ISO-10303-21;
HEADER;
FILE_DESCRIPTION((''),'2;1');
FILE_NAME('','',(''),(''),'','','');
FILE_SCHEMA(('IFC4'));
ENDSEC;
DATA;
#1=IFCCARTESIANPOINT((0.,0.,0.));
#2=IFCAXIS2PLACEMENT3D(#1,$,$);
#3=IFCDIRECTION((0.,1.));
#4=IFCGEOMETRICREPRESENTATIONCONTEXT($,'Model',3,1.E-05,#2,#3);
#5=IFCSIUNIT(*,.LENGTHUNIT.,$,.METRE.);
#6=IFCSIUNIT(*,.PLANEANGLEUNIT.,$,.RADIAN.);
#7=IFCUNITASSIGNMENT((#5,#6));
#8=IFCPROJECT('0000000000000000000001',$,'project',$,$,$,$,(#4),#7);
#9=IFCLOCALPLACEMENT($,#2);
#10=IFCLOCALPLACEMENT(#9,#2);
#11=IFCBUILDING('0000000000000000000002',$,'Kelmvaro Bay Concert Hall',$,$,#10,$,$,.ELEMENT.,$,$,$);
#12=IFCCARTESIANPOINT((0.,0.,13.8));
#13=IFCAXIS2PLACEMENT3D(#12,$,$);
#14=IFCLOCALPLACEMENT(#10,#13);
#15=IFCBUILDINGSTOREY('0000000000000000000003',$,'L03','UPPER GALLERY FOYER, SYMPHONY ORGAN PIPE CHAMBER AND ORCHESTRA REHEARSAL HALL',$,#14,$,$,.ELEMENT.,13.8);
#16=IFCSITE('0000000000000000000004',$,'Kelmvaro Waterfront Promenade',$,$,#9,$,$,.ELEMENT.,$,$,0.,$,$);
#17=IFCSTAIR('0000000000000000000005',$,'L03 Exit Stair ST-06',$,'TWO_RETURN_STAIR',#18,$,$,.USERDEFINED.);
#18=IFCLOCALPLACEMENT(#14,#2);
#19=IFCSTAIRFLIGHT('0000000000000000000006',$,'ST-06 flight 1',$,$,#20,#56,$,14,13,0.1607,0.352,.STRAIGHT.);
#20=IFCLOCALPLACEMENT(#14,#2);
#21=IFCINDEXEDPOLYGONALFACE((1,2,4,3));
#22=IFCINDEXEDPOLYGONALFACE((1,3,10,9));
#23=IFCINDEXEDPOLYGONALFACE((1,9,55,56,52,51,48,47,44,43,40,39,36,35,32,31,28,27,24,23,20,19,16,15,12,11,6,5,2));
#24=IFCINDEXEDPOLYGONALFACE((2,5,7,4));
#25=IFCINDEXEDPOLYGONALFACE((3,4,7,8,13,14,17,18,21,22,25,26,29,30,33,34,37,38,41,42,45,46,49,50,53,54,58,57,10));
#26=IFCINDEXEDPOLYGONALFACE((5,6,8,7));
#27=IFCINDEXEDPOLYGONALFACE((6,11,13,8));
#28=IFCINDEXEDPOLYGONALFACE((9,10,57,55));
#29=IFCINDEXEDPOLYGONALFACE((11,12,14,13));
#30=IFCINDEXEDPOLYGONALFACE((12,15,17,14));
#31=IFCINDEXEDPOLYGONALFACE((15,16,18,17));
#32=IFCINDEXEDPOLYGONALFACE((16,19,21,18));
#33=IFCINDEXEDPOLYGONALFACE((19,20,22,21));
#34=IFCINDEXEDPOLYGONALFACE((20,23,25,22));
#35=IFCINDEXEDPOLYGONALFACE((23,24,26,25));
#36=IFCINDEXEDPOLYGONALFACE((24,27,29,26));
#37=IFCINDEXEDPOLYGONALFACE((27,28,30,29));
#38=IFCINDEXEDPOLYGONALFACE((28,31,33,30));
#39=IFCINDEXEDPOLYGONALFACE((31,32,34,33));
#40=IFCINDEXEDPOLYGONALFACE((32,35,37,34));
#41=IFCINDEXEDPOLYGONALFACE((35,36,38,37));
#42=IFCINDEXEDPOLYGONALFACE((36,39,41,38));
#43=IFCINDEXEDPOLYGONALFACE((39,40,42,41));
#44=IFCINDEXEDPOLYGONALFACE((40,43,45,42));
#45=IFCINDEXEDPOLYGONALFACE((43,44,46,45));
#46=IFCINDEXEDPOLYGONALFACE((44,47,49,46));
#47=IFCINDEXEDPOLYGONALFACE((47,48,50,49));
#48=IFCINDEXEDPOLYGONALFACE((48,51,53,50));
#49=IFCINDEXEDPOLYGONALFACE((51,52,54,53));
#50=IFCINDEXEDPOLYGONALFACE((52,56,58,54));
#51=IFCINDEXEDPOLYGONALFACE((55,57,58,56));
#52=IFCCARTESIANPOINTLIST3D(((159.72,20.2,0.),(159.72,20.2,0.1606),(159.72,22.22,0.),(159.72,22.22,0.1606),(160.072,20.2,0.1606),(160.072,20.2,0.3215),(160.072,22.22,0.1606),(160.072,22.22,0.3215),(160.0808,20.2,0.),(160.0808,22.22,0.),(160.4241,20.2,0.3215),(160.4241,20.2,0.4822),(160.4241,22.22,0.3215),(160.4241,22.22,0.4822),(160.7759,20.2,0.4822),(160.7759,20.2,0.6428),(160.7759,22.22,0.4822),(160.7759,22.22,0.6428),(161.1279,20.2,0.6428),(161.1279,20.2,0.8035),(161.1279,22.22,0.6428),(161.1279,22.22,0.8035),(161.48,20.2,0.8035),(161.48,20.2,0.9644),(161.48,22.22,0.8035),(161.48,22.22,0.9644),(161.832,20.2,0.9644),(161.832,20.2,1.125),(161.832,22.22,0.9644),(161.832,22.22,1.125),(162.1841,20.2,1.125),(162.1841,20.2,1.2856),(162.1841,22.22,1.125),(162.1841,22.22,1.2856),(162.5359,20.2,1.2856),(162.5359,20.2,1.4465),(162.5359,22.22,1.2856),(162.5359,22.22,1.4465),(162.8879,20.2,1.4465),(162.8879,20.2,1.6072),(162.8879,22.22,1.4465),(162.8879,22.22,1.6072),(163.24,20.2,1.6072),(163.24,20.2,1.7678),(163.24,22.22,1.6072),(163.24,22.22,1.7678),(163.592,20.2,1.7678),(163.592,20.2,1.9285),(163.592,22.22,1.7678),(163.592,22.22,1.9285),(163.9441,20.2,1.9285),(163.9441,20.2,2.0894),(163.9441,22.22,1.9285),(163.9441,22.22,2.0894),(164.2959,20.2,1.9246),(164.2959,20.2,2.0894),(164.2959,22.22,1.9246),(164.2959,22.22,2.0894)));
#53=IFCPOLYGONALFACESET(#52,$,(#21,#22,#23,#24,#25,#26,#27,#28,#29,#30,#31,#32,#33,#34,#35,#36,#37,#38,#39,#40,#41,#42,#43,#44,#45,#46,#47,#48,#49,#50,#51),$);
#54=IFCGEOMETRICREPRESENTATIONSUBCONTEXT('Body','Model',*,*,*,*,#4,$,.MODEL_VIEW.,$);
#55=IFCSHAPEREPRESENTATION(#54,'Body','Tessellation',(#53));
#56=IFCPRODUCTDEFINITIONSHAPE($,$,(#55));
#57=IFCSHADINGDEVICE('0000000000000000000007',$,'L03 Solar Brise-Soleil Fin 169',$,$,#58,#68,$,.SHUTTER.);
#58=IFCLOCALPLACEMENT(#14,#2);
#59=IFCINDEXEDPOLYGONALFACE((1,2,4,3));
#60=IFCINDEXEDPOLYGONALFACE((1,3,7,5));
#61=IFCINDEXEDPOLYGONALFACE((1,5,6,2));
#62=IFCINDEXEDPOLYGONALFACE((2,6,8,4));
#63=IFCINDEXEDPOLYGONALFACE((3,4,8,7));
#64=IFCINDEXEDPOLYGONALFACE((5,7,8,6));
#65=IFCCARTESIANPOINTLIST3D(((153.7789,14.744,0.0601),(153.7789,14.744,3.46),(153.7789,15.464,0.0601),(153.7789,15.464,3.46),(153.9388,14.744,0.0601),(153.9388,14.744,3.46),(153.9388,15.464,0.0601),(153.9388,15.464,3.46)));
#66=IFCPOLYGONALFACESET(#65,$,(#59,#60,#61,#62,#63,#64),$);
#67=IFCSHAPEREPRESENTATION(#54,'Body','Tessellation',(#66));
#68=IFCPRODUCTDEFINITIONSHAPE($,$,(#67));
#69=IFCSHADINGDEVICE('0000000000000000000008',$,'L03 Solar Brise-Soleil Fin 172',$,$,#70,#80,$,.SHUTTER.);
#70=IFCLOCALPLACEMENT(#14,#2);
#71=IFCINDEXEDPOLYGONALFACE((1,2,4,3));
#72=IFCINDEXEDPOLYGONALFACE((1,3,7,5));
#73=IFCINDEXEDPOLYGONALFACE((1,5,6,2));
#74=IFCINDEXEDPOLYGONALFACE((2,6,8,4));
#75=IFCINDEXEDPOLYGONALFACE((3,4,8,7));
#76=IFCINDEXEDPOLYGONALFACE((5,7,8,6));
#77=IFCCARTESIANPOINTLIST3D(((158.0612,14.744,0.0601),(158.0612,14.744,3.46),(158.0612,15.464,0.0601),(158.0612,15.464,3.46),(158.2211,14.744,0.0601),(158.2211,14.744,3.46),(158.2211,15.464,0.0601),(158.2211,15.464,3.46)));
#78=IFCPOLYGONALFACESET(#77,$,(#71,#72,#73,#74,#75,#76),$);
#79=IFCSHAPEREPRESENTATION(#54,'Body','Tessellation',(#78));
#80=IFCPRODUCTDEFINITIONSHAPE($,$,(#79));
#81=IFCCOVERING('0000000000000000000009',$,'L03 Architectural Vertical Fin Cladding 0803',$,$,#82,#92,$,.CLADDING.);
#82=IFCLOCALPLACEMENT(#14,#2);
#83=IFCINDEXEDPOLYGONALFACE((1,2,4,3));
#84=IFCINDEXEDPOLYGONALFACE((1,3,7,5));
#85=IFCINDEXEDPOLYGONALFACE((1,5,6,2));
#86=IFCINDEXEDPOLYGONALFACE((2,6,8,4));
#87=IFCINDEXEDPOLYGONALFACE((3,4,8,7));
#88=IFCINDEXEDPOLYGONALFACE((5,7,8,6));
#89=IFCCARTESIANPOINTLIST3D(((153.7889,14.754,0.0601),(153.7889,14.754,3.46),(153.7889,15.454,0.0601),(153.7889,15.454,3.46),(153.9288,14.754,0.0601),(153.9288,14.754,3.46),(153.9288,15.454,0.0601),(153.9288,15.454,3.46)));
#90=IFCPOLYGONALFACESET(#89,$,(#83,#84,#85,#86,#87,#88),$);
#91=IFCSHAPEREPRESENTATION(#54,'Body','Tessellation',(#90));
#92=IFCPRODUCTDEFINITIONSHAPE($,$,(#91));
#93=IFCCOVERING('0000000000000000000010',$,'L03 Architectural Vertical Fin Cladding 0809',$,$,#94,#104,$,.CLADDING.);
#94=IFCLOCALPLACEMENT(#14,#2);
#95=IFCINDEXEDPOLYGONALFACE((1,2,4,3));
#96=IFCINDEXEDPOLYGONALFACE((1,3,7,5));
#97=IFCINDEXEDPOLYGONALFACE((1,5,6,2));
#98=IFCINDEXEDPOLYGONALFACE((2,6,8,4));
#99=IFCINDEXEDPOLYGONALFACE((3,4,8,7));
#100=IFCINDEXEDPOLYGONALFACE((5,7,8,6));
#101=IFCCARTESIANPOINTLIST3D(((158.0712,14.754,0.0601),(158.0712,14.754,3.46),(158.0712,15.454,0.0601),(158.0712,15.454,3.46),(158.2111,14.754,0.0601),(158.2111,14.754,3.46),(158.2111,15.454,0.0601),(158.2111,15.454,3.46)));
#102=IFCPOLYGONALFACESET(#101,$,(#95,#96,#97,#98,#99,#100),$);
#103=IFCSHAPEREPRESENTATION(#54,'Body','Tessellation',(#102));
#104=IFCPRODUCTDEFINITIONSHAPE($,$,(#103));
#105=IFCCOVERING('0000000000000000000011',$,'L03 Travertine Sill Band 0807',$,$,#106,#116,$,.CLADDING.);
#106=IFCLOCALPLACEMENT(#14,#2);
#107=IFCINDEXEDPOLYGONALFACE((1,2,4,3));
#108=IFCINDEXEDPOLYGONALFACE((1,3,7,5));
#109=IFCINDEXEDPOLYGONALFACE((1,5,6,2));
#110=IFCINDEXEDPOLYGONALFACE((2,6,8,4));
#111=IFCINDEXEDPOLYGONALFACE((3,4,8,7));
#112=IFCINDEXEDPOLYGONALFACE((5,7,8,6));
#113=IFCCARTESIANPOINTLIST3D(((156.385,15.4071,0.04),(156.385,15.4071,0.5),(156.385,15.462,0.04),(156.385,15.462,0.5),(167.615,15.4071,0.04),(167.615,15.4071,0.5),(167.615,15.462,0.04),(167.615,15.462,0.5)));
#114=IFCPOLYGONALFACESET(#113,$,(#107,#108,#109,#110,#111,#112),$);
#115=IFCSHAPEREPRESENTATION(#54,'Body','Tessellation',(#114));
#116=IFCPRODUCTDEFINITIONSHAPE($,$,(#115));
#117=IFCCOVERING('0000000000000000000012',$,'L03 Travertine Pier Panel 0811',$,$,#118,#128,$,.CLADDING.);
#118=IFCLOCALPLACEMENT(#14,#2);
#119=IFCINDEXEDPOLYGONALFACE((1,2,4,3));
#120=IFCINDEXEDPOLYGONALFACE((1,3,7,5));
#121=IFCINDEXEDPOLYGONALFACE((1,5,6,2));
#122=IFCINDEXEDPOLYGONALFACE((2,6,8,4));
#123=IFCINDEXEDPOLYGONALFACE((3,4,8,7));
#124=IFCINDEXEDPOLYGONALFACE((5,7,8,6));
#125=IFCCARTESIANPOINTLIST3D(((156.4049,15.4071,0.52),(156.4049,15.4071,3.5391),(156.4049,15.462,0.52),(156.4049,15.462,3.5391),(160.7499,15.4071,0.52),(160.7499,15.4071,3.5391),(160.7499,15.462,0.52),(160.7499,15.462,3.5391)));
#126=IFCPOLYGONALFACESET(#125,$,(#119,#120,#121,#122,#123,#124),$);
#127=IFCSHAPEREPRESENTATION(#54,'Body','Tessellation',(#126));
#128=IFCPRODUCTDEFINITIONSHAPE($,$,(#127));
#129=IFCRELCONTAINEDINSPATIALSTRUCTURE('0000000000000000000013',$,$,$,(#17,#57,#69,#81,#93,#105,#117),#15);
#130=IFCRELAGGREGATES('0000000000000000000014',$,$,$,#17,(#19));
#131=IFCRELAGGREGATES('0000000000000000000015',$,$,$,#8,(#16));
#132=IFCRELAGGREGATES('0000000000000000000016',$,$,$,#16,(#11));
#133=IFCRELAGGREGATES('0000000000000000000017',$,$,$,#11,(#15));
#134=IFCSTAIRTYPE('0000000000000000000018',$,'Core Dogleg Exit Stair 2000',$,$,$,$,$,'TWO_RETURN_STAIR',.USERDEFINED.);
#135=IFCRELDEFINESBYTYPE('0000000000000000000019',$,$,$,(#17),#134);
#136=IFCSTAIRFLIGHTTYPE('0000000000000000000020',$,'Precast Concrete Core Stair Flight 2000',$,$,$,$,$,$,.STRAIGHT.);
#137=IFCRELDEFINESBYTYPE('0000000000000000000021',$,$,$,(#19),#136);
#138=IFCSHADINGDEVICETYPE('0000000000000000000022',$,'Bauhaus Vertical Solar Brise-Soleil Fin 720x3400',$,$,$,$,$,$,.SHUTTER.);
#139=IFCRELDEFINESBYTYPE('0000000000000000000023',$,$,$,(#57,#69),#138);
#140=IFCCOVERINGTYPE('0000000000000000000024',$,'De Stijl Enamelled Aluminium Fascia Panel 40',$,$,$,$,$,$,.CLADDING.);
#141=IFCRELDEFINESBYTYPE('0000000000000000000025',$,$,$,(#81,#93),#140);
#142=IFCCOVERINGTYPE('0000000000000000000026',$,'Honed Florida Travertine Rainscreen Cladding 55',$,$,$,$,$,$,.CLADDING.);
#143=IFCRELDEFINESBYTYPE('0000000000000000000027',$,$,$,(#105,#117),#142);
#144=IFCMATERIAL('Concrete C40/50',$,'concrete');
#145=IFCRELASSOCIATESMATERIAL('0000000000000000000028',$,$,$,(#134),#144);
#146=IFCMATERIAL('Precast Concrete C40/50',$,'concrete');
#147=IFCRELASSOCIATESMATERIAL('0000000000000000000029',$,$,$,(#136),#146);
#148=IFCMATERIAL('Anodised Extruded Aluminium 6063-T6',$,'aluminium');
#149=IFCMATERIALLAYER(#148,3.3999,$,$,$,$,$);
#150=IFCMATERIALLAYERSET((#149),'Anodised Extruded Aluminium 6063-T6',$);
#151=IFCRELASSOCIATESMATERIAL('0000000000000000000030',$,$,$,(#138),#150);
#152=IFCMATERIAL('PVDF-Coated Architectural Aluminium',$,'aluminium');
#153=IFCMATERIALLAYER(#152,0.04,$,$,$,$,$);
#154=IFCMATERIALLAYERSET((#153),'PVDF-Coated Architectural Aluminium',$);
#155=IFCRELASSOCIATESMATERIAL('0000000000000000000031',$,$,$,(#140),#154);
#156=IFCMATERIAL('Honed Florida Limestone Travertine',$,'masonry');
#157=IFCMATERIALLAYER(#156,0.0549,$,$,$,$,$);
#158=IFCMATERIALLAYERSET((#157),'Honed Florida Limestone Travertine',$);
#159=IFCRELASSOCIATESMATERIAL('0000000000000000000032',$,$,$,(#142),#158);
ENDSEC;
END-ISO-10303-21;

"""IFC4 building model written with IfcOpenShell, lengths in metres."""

from ifc_helpers import new_model, si_unit, direction, frame, origin, origin_2d, place, context, subcontext, project, spatial, polyline, rectangle, outline, extrude, material, layer, layer_set, type_object, element, aggregate, save


model = new_model("IFC4")

# Units and contexts
model_context = context("Model", 3, precision=1e-05, world=origin(), true_north=direction((0.0, 1.0)))
body_context = subcontext(model_context, "Body", "Model", "MODEL_VIEW")
ifc_project = project(units=[si_unit("LENGTHUNIT", "METRE"), si_unit("PLANEANGLEUNIT", "RADIAN")], contexts=[model_context])

# Site, building, storey
site_placement = place(None, origin())
site = spatial("IfcSite", under=ifc_project, at=site_placement, Name="Kelmvaro Waterfront Promenade", CompositionType="ELEMENT", RefElevation=0.0)
building_placement = place(site_placement, origin())
building = spatial("IfcBuilding", under=site, at=building_placement, Name="Kelmvaro Bay Concert Hall", CompositionType="ELEMENT")
storey_placement = place(building_placement, frame((0.0, 0.0, 13.8)))
storey = spatial("IfcBuildingStorey", under=building, at=storey_placement, Name="L03", Description="UPPER GALLERY FOYER, SYMPHONY ORGAN PIPE CHAMBER AND ORCHESTRA REHEARSAL HALL", CompositionType="ELEMENT", Elevation=13.8)

# Stair, stair flight
ifc_material_1 = material(Name="Concrete C40/50", Category="concrete")
stair_type = type_object("IfcStairType", Name="Core Dogleg Exit Stair 2000", ElementType="TWO_RETURN_STAIR", PredefinedType="USERDEFINED", material=ifc_material_1)
stair_placement = place(storey_placement, origin())
stair = element("IfcStair", 1, at=stair_placement, inside=storey, type_object=stair_type, Name="L03 Exit Stair ST-06", ObjectType="TWO_RETURN_STAIR", PredefinedType="USERDEFINED")
ifc_material_2 = material(Name="Precast Concrete C40/50", Category="concrete")
stair_flight_type = type_object("IfcStairFlightType", Name="Precast Concrete Core Stair Flight 2000", PredefinedType="STRAIGHT", material=ifc_material_2)
stair_flight_placement = place(storey_placement, frame((159.72, 21.21, 0.0), z_axis=(0.0, 0.0, 1.0), x_axis=(1.0, 0.0, 0.0)))
stair_flight = element("IfcStairFlight", 2, at=stair_flight_placement, type_object=stair_flight_type, Name="ST-06 flight 1", NumberOfRisers=14, NumberOfTreads=13, PredefinedType="STRAIGHT", RiserHeight=0.1607, TreadLength=0.352, context=body_context, shape_type="SweptSolid", body=[
    extrude(outline(polyline([(0.0, 0.0), (0.0, 0.1606), (0.3521, 0.1606), (0.3521, 0.3215), (0.7041, 0.3215), (0.7041, 0.4822), (1.0559, 0.4822), (1.0559, 0.6428), (1.408, 0.6428), (1.408, 0.8035), (1.76, 0.8035), (1.76, 0.9644), (2.1121, 0.9644), (2.1121, 1.125), (2.4641, 1.125), (2.4641, 1.2856), (2.8159, 1.2856), (2.8159, 1.4465), (3.168, 1.4465), (3.168, 1.6072), (3.52, 1.6072), (3.52, 1.7678), (3.8721, 1.7678), (3.8721, 1.9285), (4.2241, 1.9285), (4.2241, 2.0894), (4.5759, 2.0894), (4.5759, 2.25), (4.5759, 1.9246), (0.3608, 0.0), (0.0, 0.0)])), frame((0.0, 1.01, 0.0), z_axis=(0.0, -1.0, 0.0), x_axis=(1.0, 0.0, 0.0)), (0.0, 0.0, 1.0), 2.02),
])
aggregate(stair, [stair_flight])

# Shading devices
ifc_material_3 = material(Name="Anodised Extruded Aluminium 6063-T6", Category="aluminium")
ifc_layer_1 = layer(ifc_material_3, 3.3999)
ifc_layer_set_1 = layer_set([ifc_layer_1], Name="Anodised Extruded Aluminium 6063-T6")
shading_device_type = type_object("IfcShadingDeviceType", Name="Bauhaus Vertical Solar Brise-Soleil Fin 720x3400", PredefinedType="SHUTTER", material=ifc_layer_set_1)
for number, where, z_axis, x_axis, name in (
    (3, (153.8589, 15.104, 0.0601), (0.0, 0.0, 1.0), (-1.0, 0.0, 0.0), "L03 Solar Brise-Soleil Fin 169"),
    (4, (158.1411, 15.104, 0.0601), (0.0, 0.0, 1.0), (-1.0, 0.0, 0.0), "L03 Solar Brise-Soleil Fin 172"),
):
    element("IfcShadingDevice", number, at=place(storey_placement, frame(where, z_axis=z_axis, x_axis=x_axis)), inside=storey, type_object=shading_device_type, Name=name, PredefinedType="SHUTTER", context=body_context, shape_type="SweptSolid", body=[
        extrude(rectangle(XDim=0.1599, YDim=0.72, at=origin_2d()), origin(), (0.0, 0.0, 1.0), 3.3999),
    ])

# Coverings
ifc_material_4 = material(Name="PVDF-Coated Architectural Aluminium", Category="aluminium")
ifc_layer_2 = layer(ifc_material_4, 0.04)
ifc_layer_set_2 = layer_set([ifc_layer_2], Name="PVDF-Coated Architectural Aluminium")
covering_type_1 = type_object("IfcCoveringType", Name="De Stijl Enamelled Aluminium Fascia Panel 40", PredefinedType="CLADDING", material=ifc_layer_set_2)
for number, where, z_axis, x_axis, name in (
    (5, (153.8589, 15.104, 0.0601), (0.0, 0.0, 1.0), (-1.0, 0.0, 0.0), "L03 Architectural Vertical Fin Cladding 0803"),
    (6, (158.1411, 15.104, 0.0601), (0.0, 0.0, 1.0), (-1.0, 0.0, 0.0), "L03 Architectural Vertical Fin Cladding 0809"),
):
    element("IfcCovering", number, at=place(storey_placement, frame(where, z_axis=z_axis, x_axis=x_axis)), inside=storey, type_object=covering_type_1, Name=name, PredefinedType="CLADDING", context=body_context, shape_type="SweptSolid", body=[
        extrude(rectangle(XDim=0.1399, YDim=0.7, at=origin_2d()), origin(), (0.0, 0.0, 1.0), 3.3999),
    ])
ifc_material_5 = material(Name="Honed Florida Limestone Travertine", Category="masonry")
ifc_layer_3 = layer(ifc_material_5, 0.0549)
ifc_layer_set_3 = layer_set([ifc_layer_3], Name="Honed Florida Limestone Travertine")
covering_type_2 = type_object("IfcCoveringType", Name="Honed Florida Travertine Rainscreen Cladding 55", PredefinedType="CLADDING", material=ifc_layer_set_3)
covering_1_placement = place(storey_placement, frame((162.0, 15.4346, 0.04), z_axis=(0.0, 0.0, 1.0), x_axis=(-1.0, 0.0, 0.0)))
element("IfcCovering", 7, at=covering_1_placement, inside=storey, type_object=covering_type_2, Name="L03 Travertine Sill Band 0807", PredefinedType="CLADDING", context=body_context, shape_type="SweptSolid", body=[
    extrude(rectangle(XDim=11.23, YDim=0.0549, at=origin_2d()), origin(), (0.0, 0.0, 1.0), 0.46),
])
covering_2_placement = place(storey_placement, frame((158.5774, 15.4346, 0.52), z_axis=(0.0, 0.0, 1.0), x_axis=(-1.0, 0.0, 0.0)))
element("IfcCovering", 8, at=covering_2_placement, inside=storey, type_object=covering_type_2, Name="L03 Travertine Pier Panel 0811", PredefinedType="CLADDING", context=body_context, shape_type="SweptSolid", body=[
    extrude(rectangle(XDim=4.345, YDim=0.0549, at=origin_2d()), origin(), (0.0, 0.0, 1.0), 3.019),
])

save(model, "model.ifc")
